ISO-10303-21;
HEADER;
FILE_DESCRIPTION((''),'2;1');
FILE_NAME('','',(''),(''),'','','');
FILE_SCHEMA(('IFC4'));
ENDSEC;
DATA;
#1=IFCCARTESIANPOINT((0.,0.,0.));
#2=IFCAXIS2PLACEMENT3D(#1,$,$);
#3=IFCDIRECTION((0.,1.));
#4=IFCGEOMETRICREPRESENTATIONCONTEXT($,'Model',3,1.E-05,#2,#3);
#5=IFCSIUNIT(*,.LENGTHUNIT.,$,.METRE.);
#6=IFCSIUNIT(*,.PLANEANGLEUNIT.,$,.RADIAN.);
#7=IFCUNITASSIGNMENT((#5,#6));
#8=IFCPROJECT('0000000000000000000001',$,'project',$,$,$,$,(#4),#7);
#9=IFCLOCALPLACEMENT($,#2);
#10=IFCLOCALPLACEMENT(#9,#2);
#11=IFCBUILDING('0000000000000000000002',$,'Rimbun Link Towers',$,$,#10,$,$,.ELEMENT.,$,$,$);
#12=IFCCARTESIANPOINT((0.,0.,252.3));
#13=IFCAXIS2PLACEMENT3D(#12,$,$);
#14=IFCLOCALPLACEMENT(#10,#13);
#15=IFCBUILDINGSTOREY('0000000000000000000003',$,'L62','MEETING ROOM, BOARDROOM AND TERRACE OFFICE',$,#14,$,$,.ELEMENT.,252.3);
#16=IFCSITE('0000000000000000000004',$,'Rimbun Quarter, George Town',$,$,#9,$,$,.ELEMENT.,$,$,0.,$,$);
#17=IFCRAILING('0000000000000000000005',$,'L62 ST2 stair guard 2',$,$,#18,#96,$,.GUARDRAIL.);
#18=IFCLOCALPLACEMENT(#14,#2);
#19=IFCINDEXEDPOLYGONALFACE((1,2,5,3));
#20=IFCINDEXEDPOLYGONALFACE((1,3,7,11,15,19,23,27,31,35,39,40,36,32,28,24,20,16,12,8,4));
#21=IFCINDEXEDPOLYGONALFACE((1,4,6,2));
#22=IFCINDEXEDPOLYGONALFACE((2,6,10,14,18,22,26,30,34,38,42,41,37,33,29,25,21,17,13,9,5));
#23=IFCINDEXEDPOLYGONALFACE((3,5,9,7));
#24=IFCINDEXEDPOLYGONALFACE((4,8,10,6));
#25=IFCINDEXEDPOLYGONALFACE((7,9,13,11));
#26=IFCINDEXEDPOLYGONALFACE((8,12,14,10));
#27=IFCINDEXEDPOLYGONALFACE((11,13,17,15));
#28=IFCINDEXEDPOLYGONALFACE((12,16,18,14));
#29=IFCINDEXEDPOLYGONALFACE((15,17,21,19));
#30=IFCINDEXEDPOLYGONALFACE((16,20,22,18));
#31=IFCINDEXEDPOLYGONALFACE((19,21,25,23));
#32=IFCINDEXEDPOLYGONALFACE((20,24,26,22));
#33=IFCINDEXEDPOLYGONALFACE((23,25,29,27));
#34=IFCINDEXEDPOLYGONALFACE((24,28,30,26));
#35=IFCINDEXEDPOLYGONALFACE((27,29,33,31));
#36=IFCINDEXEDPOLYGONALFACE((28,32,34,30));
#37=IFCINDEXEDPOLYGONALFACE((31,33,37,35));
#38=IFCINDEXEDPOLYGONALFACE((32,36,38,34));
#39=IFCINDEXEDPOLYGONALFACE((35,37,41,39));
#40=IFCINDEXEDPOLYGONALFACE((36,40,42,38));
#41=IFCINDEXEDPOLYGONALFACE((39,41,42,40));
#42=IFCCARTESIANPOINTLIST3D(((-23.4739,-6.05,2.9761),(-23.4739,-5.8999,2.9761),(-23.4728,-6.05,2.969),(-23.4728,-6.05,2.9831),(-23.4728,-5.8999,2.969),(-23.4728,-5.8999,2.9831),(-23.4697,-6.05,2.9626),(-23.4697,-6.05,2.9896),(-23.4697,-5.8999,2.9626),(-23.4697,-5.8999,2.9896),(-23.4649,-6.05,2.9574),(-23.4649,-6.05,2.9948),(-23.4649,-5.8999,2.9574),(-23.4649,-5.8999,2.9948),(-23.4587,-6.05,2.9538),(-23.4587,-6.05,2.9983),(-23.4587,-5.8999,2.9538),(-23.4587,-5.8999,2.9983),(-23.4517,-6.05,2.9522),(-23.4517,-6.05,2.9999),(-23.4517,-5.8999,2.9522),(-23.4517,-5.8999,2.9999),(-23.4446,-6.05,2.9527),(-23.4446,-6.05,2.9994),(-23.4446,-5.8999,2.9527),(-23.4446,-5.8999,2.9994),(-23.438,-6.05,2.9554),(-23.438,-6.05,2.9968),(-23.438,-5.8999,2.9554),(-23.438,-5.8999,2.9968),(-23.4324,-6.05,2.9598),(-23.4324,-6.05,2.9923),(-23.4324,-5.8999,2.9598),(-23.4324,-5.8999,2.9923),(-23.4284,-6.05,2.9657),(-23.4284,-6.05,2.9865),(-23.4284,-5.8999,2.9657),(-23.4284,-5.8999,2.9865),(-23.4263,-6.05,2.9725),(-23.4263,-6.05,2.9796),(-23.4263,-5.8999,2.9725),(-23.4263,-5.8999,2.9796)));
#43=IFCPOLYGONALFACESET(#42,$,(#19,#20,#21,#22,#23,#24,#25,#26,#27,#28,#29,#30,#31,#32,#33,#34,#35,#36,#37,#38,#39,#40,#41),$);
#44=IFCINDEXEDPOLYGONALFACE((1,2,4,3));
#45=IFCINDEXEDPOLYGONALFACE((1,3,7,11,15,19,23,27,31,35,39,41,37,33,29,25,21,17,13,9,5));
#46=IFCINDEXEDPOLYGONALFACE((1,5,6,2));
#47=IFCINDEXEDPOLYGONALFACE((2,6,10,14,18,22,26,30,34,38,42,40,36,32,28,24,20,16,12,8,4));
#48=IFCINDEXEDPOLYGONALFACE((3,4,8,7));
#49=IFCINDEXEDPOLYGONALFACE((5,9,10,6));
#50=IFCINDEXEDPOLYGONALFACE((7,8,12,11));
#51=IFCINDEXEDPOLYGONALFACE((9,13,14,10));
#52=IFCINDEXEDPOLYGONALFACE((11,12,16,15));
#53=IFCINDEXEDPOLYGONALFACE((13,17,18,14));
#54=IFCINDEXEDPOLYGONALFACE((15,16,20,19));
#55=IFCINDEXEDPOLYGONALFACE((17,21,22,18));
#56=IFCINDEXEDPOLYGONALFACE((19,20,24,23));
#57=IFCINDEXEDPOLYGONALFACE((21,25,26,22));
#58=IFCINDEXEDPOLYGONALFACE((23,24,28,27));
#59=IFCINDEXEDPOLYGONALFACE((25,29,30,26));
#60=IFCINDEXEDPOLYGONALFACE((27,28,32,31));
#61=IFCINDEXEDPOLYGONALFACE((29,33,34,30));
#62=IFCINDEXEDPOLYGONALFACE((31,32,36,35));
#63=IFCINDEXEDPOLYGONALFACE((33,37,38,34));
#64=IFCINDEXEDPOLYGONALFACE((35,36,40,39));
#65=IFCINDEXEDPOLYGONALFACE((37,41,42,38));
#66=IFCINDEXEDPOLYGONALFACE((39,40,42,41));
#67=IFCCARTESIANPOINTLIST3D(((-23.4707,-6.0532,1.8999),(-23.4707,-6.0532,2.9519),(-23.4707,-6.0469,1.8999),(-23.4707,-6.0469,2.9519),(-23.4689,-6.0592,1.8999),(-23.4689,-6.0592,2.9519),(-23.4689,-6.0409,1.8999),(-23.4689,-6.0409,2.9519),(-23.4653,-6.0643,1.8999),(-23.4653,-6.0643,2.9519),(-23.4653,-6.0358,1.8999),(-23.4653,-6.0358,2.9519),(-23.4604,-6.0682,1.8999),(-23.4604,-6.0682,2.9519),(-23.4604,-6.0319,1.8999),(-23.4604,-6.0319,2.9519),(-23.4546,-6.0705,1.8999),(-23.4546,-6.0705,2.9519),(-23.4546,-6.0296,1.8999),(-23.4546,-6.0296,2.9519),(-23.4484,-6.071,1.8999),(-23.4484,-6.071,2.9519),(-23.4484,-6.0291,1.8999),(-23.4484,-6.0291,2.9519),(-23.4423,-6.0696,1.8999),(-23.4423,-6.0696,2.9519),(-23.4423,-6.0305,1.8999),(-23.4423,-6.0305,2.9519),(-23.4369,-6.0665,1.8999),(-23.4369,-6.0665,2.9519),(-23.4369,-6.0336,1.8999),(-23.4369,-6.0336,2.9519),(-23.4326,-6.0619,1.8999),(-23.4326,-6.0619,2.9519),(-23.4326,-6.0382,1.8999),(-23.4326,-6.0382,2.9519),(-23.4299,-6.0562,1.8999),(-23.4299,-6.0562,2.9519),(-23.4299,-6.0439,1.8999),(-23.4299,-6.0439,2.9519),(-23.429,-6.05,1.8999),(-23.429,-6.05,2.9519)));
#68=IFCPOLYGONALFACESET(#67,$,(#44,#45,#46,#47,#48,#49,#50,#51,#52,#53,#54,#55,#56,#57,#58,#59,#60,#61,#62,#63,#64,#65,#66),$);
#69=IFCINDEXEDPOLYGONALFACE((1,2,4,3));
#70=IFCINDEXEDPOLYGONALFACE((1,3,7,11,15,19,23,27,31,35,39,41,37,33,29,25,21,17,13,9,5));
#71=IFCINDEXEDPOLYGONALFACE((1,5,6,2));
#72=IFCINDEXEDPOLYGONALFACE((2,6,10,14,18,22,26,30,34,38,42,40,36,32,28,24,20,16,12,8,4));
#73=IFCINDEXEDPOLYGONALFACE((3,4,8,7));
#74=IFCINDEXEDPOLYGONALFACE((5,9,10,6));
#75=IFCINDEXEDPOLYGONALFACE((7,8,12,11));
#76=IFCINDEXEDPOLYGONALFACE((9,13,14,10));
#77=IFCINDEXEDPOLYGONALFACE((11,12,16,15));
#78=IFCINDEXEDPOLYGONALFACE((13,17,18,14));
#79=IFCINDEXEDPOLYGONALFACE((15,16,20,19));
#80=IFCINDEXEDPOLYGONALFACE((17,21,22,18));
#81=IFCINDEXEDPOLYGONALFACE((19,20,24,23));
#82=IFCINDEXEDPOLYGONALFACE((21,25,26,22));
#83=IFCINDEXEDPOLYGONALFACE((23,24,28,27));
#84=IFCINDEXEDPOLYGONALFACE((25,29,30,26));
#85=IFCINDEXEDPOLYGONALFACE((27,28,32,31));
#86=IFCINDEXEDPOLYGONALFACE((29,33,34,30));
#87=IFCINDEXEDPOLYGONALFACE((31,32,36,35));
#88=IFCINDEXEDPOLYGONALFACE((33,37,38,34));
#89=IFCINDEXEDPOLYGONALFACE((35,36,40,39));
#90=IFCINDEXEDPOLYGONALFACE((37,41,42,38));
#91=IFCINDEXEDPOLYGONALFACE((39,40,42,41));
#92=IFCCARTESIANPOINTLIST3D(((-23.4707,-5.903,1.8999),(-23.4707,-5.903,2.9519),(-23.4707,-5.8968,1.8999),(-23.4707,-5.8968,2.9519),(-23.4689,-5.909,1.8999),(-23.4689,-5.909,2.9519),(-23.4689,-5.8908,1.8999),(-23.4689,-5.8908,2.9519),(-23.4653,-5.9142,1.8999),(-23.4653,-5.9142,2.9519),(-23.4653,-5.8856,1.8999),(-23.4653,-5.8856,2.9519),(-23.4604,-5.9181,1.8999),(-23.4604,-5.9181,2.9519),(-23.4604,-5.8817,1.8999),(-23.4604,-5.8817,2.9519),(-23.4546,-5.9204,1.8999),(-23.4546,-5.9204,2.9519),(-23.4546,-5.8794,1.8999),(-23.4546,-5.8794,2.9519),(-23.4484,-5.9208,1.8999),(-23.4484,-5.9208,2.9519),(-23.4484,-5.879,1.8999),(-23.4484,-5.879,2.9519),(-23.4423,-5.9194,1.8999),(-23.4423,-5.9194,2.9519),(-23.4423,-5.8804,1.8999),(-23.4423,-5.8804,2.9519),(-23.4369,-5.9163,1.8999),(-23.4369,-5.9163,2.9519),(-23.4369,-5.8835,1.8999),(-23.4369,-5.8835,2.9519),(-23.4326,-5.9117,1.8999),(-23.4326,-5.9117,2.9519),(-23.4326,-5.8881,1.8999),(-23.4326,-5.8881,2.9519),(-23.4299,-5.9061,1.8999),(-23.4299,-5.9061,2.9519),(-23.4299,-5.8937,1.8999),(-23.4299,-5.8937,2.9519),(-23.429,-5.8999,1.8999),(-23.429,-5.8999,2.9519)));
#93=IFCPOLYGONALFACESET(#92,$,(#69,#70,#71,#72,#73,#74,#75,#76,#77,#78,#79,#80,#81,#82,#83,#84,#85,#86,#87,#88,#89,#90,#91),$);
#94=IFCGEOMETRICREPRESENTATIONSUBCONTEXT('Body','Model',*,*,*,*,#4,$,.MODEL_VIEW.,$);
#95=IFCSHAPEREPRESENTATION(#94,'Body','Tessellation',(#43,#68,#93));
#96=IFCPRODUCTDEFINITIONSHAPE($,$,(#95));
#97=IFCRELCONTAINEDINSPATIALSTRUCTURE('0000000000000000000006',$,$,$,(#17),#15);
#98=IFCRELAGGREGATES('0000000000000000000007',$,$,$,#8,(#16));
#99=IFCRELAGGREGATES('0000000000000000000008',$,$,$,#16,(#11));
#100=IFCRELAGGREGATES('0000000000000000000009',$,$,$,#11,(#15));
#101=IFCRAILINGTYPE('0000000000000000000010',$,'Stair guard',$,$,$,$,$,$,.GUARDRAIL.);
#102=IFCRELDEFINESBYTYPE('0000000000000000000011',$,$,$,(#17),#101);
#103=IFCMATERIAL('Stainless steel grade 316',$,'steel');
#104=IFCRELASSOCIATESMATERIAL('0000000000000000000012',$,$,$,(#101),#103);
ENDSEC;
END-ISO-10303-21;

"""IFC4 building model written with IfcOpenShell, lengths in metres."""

from ifc_helpers import new_model, si_unit, direction, frame, origin, origin_2d, place, context, subcontext, project, spatial, circle, extrude, material, type_object, element, save


model = new_model("IFC4")

# Units and contexts
model_context = context("Model", 3, precision=1e-05, world=origin(), true_north=direction((0.0, 1.0)))
body_context = subcontext(model_context, "Body", "Model", "MODEL_VIEW")
ifc_project = project(units=[si_unit("LENGTHUNIT", "METRE"), si_unit("PLANEANGLEUNIT", "RADIAN")], contexts=[model_context])

# Site, building, storey
site_placement = place(None, origin())
site = spatial("IfcSite", under=ifc_project, at=site_placement, Name="Rimbun Quarter, George Town", CompositionType="ELEMENT", RefElevation=0.0)
building_placement = place(site_placement, origin())
building = spatial("IfcBuilding", under=site, at=building_placement, Name="Rimbun Link Towers", CompositionType="ELEMENT")
storey_placement = place(building_placement, frame((0.0, 0.0, 252.3)))
storey = spatial("IfcBuildingStorey", under=building, at=storey_placement, Name="L62", Description="MEETING ROOM, BOARDROOM AND TERRACE OFFICE", CompositionType="ELEMENT", Elevation=252.3)

# Railing
ifc_material_1 = material(Name="Stainless steel grade 316", Category="steel")
railing_type_1 = type_object("IfcRailingType", Name="Stair guard", PredefinedType="GUARDRAIL", material=ifc_material_1)
railing_1_placement = place(storey_placement, frame((-23.45, -6.05, 1.8999)))
element("IfcRailing", 1, at=railing_1_placement, inside=storey, type_object=railing_type_1, Name="L62 ST2 stair guard 2", PredefinedType="GUARDRAIL", context=body_context, shape_type="SweptSolid", body=[
    extrude(circle(Radius=0.0239, at=origin_2d()), frame((0.0, 0.0, 1.0762), z_axis=(0.0, 1.0, 0.0), x_axis=(-1.0, 0.0, 0.0)), (0.0, 0.0, 1.0), 0.1501),
    extrude(circle(Radius=0.021, at=origin_2d()), origin(), (0.0, 0.0, 1.0), 1.052),
    extrude(circle(Radius=0.021, at=origin_2d()), frame((0.0, 0.1501, 0.0)), (0.0, 0.0, 1.0), 1.052),
])

save(model, "model.ifc")
